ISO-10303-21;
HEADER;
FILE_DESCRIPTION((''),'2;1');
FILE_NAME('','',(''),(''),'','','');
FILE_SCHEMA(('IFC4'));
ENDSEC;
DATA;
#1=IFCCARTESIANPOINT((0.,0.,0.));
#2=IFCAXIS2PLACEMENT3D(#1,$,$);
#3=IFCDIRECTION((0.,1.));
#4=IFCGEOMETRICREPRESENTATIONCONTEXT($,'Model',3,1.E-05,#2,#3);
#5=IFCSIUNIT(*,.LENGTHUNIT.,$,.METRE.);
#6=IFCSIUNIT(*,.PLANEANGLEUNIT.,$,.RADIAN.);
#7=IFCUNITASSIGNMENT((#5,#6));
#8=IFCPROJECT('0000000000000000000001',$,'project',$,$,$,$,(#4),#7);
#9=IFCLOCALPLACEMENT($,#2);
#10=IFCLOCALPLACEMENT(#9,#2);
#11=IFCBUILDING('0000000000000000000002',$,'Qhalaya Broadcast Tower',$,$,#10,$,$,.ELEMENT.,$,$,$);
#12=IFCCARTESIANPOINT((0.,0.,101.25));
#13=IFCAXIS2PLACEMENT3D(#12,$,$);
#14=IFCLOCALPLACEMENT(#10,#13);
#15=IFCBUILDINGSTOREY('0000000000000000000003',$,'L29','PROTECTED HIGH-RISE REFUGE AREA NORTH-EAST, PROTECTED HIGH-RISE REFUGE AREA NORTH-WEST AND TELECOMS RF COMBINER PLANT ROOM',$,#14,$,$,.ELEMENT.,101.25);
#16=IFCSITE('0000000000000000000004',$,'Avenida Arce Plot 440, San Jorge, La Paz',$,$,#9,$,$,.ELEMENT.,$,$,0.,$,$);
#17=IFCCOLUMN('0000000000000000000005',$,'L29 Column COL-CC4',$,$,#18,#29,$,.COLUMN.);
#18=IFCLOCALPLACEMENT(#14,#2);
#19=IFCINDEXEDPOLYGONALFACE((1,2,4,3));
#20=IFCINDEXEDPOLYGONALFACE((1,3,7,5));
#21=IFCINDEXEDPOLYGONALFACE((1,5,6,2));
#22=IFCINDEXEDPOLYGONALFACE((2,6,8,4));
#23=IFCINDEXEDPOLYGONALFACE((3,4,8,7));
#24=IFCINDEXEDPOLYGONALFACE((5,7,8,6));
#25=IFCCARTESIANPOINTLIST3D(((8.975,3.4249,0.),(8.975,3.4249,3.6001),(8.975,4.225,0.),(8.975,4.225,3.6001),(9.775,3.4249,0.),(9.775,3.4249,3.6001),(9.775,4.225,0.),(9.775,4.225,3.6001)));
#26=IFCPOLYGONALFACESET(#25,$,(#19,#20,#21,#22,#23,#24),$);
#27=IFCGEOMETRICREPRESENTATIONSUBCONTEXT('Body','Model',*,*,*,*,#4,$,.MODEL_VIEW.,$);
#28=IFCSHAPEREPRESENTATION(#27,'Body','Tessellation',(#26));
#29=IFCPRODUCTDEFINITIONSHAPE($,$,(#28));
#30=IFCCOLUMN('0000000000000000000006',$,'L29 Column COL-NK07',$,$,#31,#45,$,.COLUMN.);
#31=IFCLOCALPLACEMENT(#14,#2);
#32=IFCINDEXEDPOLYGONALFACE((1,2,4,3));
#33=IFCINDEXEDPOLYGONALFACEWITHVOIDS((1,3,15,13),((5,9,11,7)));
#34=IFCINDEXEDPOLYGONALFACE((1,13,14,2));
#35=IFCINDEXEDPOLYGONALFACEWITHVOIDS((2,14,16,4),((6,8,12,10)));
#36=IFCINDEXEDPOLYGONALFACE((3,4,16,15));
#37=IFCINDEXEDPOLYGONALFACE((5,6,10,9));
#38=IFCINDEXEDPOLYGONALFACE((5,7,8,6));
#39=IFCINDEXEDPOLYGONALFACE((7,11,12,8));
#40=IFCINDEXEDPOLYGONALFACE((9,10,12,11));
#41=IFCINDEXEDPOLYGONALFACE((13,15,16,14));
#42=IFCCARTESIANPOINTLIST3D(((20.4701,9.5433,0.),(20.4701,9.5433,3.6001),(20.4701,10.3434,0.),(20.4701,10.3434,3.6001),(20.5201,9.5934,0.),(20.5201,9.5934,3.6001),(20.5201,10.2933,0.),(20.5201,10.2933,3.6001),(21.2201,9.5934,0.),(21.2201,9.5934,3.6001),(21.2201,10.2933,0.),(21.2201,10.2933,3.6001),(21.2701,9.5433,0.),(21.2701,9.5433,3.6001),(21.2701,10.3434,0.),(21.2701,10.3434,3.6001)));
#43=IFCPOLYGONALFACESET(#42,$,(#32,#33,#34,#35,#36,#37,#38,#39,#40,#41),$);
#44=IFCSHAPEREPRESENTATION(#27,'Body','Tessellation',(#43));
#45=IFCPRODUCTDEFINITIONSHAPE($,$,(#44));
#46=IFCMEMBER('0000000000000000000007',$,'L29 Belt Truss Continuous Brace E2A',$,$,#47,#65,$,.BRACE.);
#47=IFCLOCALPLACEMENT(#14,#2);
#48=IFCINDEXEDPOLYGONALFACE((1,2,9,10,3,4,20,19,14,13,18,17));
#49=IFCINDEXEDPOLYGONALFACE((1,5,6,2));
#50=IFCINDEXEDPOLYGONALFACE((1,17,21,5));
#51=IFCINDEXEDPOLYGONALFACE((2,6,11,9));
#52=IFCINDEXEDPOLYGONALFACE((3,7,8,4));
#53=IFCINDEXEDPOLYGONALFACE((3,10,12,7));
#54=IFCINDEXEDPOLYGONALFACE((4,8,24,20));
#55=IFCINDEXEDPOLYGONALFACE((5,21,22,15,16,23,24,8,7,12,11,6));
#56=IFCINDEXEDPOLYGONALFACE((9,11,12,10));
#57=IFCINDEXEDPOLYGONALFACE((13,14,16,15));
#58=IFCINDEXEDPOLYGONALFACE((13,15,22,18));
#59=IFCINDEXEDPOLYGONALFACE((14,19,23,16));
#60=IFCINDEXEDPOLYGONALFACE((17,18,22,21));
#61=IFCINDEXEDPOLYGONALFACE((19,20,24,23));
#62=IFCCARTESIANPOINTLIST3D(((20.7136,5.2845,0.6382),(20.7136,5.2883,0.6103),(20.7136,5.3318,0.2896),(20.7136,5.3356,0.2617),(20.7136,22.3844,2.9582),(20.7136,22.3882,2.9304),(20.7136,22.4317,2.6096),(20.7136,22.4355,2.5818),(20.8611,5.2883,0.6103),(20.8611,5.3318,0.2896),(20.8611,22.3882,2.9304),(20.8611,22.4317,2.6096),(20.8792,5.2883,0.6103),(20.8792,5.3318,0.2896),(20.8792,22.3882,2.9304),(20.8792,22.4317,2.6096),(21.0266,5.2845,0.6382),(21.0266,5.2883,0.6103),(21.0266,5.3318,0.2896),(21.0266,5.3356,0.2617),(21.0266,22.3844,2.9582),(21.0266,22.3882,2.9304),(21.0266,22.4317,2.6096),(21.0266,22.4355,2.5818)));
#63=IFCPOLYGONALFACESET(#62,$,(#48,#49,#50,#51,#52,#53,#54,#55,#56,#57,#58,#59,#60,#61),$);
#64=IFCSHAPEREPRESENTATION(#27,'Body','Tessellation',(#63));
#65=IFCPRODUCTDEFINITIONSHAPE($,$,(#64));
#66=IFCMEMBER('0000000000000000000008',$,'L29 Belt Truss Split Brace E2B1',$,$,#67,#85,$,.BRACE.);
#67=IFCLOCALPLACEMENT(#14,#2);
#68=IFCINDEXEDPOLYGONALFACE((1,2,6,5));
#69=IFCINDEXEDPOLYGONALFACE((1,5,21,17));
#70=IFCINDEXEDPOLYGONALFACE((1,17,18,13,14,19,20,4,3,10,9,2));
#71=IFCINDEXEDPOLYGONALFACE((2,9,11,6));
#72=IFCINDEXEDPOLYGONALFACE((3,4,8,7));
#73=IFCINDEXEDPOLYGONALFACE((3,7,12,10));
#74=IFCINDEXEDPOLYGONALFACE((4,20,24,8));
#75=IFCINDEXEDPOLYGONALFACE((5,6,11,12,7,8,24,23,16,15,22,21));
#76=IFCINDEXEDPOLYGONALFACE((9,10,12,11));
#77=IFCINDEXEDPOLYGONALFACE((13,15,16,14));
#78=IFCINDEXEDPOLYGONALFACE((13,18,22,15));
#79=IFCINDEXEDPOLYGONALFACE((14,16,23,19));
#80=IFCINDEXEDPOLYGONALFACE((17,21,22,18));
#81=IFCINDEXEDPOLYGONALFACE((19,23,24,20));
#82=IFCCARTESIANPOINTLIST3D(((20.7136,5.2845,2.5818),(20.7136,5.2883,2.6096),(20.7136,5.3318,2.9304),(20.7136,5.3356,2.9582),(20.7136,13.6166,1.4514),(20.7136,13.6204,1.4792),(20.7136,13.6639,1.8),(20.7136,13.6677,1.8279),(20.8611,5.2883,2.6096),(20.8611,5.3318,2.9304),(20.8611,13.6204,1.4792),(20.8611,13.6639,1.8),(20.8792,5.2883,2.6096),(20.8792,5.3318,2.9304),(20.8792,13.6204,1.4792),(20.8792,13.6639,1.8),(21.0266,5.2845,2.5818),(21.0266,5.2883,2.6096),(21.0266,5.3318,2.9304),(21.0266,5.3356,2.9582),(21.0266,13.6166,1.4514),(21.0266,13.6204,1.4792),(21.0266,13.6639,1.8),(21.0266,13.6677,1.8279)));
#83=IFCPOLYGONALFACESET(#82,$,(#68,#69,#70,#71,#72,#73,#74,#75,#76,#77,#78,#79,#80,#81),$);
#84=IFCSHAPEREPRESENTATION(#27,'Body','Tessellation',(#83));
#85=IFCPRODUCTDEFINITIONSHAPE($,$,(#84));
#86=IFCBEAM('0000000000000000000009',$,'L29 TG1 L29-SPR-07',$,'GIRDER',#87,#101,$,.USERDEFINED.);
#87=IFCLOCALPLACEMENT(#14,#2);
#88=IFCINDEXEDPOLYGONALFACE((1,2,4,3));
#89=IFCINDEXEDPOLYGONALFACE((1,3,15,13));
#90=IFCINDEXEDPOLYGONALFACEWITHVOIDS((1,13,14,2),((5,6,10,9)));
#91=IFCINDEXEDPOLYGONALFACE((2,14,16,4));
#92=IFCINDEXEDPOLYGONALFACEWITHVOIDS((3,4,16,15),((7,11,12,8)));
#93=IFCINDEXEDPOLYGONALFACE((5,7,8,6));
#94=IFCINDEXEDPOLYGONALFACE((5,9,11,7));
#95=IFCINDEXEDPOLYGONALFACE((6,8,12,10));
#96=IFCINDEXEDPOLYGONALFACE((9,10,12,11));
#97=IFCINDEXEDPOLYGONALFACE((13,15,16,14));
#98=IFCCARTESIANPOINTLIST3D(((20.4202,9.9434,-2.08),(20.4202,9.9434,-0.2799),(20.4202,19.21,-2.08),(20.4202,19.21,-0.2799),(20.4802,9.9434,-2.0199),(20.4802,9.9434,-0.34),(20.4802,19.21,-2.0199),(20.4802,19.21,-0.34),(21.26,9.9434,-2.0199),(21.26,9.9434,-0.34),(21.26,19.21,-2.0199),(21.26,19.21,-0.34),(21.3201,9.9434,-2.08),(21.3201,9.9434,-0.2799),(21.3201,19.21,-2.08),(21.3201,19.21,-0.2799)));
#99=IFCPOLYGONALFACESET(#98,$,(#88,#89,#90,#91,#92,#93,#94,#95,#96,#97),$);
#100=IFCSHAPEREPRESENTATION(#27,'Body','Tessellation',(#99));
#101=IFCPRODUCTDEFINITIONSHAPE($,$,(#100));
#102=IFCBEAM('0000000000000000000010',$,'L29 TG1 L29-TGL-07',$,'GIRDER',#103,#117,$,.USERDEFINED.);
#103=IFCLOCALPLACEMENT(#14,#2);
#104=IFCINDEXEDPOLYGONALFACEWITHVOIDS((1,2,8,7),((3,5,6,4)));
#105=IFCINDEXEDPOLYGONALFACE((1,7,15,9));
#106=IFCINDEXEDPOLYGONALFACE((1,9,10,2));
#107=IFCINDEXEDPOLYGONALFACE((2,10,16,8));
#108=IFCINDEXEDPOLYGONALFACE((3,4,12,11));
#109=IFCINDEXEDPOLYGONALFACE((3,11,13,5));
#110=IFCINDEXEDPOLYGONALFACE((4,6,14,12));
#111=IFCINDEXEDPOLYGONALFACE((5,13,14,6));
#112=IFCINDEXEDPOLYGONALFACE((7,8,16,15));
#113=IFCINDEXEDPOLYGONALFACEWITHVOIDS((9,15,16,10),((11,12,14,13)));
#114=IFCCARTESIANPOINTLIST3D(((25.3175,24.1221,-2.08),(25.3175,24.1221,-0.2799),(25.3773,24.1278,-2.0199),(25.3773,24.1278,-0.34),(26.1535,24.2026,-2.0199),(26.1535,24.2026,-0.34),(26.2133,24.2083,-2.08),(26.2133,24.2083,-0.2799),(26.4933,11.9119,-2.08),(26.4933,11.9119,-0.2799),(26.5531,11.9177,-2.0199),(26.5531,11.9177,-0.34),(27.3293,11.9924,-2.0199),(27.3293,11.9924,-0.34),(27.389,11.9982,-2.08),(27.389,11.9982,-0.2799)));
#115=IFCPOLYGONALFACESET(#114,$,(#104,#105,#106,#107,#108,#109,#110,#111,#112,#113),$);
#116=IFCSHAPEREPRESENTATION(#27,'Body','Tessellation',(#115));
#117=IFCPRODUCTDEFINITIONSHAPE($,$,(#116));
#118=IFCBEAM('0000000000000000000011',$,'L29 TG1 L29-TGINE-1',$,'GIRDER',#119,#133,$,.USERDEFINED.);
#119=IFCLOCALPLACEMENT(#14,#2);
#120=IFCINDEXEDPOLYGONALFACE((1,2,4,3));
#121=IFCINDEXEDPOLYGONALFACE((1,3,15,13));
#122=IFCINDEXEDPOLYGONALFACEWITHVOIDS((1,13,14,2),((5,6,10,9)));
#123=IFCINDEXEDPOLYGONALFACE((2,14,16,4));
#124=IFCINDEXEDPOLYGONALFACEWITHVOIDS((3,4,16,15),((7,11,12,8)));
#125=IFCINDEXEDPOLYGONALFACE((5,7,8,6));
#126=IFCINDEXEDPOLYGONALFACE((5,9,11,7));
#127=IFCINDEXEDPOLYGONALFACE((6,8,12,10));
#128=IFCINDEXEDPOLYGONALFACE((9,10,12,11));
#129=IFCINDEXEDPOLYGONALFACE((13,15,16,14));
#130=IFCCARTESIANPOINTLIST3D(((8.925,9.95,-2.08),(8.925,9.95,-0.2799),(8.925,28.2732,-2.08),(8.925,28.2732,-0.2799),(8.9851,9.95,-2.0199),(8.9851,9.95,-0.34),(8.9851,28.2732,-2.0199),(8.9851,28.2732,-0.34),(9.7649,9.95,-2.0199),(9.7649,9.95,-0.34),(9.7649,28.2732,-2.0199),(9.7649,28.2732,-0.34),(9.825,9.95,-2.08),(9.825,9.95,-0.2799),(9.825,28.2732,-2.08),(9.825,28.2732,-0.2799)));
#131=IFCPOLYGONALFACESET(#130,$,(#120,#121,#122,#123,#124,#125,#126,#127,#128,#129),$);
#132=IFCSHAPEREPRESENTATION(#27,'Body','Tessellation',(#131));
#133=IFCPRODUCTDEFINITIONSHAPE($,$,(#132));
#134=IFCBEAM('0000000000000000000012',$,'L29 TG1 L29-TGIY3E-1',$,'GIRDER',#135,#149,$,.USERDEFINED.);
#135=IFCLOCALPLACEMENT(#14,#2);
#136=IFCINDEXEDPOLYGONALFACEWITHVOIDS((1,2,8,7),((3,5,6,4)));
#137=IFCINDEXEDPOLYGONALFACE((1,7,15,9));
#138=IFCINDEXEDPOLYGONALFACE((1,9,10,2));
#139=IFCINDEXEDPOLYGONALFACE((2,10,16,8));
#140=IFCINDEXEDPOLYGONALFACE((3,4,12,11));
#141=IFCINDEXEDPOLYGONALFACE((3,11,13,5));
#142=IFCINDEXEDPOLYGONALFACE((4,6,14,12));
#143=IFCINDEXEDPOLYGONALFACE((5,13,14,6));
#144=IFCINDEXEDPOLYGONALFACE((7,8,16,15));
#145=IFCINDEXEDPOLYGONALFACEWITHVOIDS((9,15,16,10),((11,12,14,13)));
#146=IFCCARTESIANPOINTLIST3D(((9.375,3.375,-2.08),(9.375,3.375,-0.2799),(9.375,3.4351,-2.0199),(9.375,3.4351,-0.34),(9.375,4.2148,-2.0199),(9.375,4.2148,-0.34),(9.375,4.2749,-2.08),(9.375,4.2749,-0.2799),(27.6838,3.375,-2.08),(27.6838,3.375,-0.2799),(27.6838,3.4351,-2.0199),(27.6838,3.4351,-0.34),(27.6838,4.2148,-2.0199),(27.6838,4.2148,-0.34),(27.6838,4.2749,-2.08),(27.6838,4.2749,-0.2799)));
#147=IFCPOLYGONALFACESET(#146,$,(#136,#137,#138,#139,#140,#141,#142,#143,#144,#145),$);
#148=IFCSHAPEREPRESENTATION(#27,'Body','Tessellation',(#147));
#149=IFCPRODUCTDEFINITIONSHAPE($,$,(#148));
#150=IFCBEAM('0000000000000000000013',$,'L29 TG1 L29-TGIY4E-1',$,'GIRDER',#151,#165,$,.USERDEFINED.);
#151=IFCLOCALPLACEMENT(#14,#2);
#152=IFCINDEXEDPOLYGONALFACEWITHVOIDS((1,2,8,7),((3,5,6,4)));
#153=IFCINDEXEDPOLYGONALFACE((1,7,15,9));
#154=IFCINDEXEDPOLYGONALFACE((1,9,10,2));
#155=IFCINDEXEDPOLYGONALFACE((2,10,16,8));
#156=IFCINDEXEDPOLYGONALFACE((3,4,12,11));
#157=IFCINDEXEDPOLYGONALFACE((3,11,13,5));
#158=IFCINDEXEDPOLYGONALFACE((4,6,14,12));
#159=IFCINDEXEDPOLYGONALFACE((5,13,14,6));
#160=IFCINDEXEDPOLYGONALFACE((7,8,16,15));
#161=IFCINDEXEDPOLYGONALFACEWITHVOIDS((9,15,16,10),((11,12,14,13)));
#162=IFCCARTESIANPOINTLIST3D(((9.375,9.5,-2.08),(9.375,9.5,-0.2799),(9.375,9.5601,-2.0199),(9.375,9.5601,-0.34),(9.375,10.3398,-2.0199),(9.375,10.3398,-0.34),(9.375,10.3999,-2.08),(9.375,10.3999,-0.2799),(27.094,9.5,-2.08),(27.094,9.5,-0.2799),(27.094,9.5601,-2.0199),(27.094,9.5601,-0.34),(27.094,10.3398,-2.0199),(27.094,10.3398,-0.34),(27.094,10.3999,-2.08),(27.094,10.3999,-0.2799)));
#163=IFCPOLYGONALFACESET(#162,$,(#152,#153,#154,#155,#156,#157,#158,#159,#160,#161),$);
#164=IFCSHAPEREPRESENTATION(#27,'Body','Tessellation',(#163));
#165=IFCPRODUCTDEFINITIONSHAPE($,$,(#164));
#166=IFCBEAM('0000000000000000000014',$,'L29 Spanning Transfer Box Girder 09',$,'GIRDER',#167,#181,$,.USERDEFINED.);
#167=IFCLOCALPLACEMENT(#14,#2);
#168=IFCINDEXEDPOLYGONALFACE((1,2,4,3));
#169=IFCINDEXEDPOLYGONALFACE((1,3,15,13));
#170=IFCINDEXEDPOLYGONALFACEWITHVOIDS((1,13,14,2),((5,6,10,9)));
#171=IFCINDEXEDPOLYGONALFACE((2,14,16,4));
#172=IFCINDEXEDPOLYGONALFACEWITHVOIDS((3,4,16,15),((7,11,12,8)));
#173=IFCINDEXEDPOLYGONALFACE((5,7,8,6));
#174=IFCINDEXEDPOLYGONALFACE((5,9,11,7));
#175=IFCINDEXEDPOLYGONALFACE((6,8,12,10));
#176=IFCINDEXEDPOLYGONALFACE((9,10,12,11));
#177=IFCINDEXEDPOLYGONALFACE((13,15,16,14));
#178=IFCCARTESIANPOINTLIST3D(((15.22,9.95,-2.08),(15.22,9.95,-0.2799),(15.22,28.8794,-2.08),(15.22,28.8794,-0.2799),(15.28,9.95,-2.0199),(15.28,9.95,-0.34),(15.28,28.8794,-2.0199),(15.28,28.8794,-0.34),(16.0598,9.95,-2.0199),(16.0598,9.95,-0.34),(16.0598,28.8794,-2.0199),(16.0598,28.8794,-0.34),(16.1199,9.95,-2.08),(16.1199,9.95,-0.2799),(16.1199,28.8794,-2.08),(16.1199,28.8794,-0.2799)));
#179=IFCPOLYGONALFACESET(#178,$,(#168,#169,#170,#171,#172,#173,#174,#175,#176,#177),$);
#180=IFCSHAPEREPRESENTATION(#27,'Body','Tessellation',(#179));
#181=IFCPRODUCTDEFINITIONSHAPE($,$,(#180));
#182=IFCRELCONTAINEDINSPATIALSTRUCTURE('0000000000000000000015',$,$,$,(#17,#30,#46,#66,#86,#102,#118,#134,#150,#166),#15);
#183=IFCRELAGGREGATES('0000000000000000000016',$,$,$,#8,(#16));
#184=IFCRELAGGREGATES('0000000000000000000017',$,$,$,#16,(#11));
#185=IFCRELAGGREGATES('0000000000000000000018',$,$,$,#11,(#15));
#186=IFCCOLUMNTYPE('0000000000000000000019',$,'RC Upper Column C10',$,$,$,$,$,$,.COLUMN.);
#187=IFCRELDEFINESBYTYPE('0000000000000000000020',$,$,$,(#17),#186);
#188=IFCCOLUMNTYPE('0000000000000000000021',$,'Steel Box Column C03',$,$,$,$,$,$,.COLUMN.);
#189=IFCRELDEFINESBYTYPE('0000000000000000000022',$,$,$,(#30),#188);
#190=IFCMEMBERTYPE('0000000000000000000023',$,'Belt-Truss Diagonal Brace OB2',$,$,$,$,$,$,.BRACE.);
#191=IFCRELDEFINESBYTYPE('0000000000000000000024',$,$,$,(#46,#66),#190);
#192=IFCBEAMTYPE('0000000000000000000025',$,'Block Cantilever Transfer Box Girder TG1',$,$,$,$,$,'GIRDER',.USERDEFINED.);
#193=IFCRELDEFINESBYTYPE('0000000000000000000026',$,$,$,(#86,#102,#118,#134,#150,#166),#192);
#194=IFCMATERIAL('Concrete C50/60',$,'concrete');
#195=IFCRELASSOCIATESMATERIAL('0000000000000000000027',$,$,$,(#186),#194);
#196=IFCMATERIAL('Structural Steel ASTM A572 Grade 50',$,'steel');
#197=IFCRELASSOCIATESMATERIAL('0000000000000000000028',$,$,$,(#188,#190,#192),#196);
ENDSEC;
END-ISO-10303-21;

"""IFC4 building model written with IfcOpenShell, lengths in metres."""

from ifc_helpers import new_model, si_unit, direction, frame, origin, origin_2d, place, context, subcontext, project, spatial, rectangle, hollow_rectangle, i_section, extrude, material, material_profile, profile_set, type_object, element, save


model = new_model("IFC4")

# Units and contexts
model_context = context("Model", 3, precision=1e-05, world=origin(), true_north=direction((0.0, 1.0)))
body_context = subcontext(model_context, "Body", "Model", "MODEL_VIEW")
ifc_project = project(units=[si_unit("LENGTHUNIT", "METRE"), si_unit("PLANEANGLEUNIT", "RADIAN")], contexts=[model_context])

# Site, building, storey
site_placement = place(None, origin())
site = spatial("IfcSite", under=ifc_project, at=site_placement, Name="Avenida Arce Plot 440, San Jorge, La Paz", CompositionType="ELEMENT", RefElevation=0.0)
building_placement = place(site_placement, origin())
building = spatial("IfcBuilding", under=site, at=building_placement, Name="Qhalaya Broadcast Tower", CompositionType="ELEMENT")
storey_placement = place(building_placement, frame((0.0, 0.0, 101.25)))
storey = spatial("IfcBuildingStorey", under=building, at=storey_placement, Name="L29", Description="PROTECTED HIGH-RISE REFUGE AREA NORTH-EAST, PROTECTED HIGH-RISE REFUGE AREA NORTH-WEST AND TELECOMS RF COMBINER PLANT ROOM", CompositionType="ELEMENT", Elevation=101.25)

# Columns
ifc_material_1 = material(Name="Concrete C50/60", Category="concrete")
ifc_material_profile_1 = material_profile(ifc_material_1, rectangle(XDim=0.8, YDim=0.8, at=origin_2d()), Name="RC-COL 800x800")
ifc_profile_set_1 = profile_set([ifc_material_profile_1], Name="Concrete C50/60")
column_type_1 = type_object("IfcColumnType", Name="RC Upper Column C10", PredefinedType="COLUMN", material=ifc_profile_set_1)
column_1_placement = place(storey_placement, frame((9.375, 3.825, 0.0), z_axis=(0.0, 0.0, 1.0), x_axis=(1.0, 0.0, 0.0)))
element("IfcColumn", 1, at=column_1_placement, inside=storey, type_object=column_type_1, Name="L29 Column COL-CC4", PredefinedType="COLUMN", context=body_context, shape_type="SweptSolid", body=[
    extrude(rectangle(XDim=0.8, YDim=0.8, at=origin_2d()), origin(), (0.0, 0.0, 1.0), 3.6001),
])
ifc_material_2 = material(Name="Structural Steel ASTM A572 Grade 50", Category="steel")
ifc_material_profile_2 = material_profile(ifc_material_2, hollow_rectangle(XDim=0.8, YDim=0.8, WallThickness=0.05, at=origin_2d()), Name="BOX 800x800x50")
ifc_profile_set_2 = profile_set([ifc_material_profile_2], Name="Structural Steel ASTM A572 Grade 50")
column_type_2 = type_object("IfcColumnType", Name="Steel Box Column C03", PredefinedType="COLUMN", material=ifc_profile_set_2)
column_2_placement = place(storey_placement, frame((20.8701, 9.9434, 0.0), z_axis=(0.0, 0.0, 1.0), x_axis=(0.0, 1.0, 0.0)))
element("IfcColumn", 2, at=column_2_placement, inside=storey, type_object=column_type_2, Name="L29 Column COL-NK07", PredefinedType="COLUMN", context=body_context, shape_type="SweptSolid", body=[
    extrude(hollow_rectangle(XDim=0.8, YDim=0.8, WallThickness=0.05, at=origin_2d()), origin(), (0.0, 0.0, 1.0), 3.6001),
])

# Members
ifc_material_profile_3 = material_profile(ifc_material_2, i_section(OverallWidth=0.313, OverallDepth=0.3799, WebThickness=0.0181, FlangeThickness=0.0281, at=origin_2d()), Name="W12X120")
ifc_profile_set_3 = profile_set([ifc_material_profile_3], Name="Structural Steel ASTM A572 Grade 50")
member_type = type_object("IfcMemberType", Name="Belt-Truss Diagonal Brace OB2", PredefinedType="BRACE", material=ifc_profile_set_3)
member_1_placement = place(storey_placement, frame((20.8701, 5.3101, 0.45), z_axis=(0.0, 0.990921, 0.134446), x_axis=(-1.0, 0.0, 0.0)))
element("IfcMember", 3, at=member_1_placement, inside=storey, type_object=member_type, Name="L29 Belt Truss Continuous Brace E2A", PredefinedType="BRACE", context=body_context, shape_type="SweptSolid", body=[
    extrude(i_section(OverallWidth=0.313, OverallDepth=0.3799, WebThickness=0.0181, FlangeThickness=0.0281, at=origin_2d()), origin(), (0.0, 0.0, 1.0), 17.2566),
])
member_2_placement = place(storey_placement, frame((20.8701, 5.3101, 2.77), z_axis=(0.0, 0.990923, -0.134434), x_axis=(-1.0, 0.0, 0.0)))
element("IfcMember", 4, at=member_2_placement, inside=storey, type_object=member_type, Name="L29 Belt Truss Split Brace E2B1", PredefinedType="BRACE", context=body_context, shape_type="SweptSolid", body=[
    extrude(i_section(OverallWidth=0.313, OverallDepth=0.3799, WebThickness=0.0181, FlangeThickness=0.0281, at=origin_2d()), origin(), (0.0, 0.0, 1.0), 8.4084),
])

# Beams
ifc_material_profile_4 = material_profile(ifc_material_2, hollow_rectangle(XDim=0.8999, YDim=1.8, WallThickness=0.0601, at=origin_2d()), Name="BOX 900x1800x60")
ifc_profile_set_4 = profile_set([ifc_material_profile_4], Name="Structural Steel ASTM A572 Grade 50")
beam_type_1 = type_object("IfcBeamType", Name="Block Cantilever Transfer Box Girder TG1", ElementType="GIRDER", PredefinedType="USERDEFINED", material=ifc_profile_set_4)
beam_1_placement = place(storey_placement, frame((20.8701, 9.9434, -1.1799), z_axis=(0.0, 1.0, 0.0), x_axis=(-1.0, 0.0, 0.0)))
element("IfcBeam", 5, at=beam_1_placement, inside=storey, type_object=beam_type_1, Name="L29 TG1 L29-SPR-07", ObjectType="GIRDER", PredefinedType="USERDEFINED", context=body_context, shape_type="SweptSolid", body=[
    extrude(hollow_rectangle(XDim=0.8999, YDim=1.8, WallThickness=0.0601, at=origin_2d()), origin(), (0.0, 0.0, 1.0), 9.2666),
])
beam_2_placement = place(storey_placement, frame((26.9412, 11.9551, -1.1799), z_axis=(-0.095852, 0.995396, 0.0), x_axis=(-0.995396, -0.095852, 0.0)))
element("IfcBeam", 6, at=beam_2_placement, inside=storey, type_object=beam_type_1, Name="L29 TG1 L29-TGL-07", ObjectType="GIRDER", PredefinedType="USERDEFINED", context=body_context, shape_type="SweptSolid", body=[
    extrude(hollow_rectangle(XDim=0.8999, YDim=1.8, WallThickness=0.0601, at=origin_2d()), origin(), (0.0, 0.0, 1.0), 12.2666),
])
beam_3_placement = place(storey_placement, frame((9.375, 9.95, -1.1799), z_axis=(0.0, 1.0, 0.0), x_axis=(-1.0, 0.0, 0.0)))
element("IfcBeam", 7, at=beam_3_placement, inside=storey, type_object=beam_type_1, Name="L29 TG1 L29-TGINE-1", ObjectType="GIRDER", PredefinedType="USERDEFINED", context=body_context, shape_type="SweptSolid", body=[
    extrude(hollow_rectangle(XDim=0.8999, YDim=1.8, WallThickness=0.0601, at=origin_2d()), origin(), (0.0, 0.0, 1.0), 18.3232),
])
beam_4_placement = place(storey_placement, frame((9.375, 3.825, -1.1799), z_axis=(1.0, 0.0, 0.0), x_axis=(0.0, 1.0, 0.0)))
element("IfcBeam", 8, at=beam_4_placement, inside=storey, type_object=beam_type_1, Name="L29 TG1 L29-TGIY3E-1", ObjectType="GIRDER", PredefinedType="USERDEFINED", context=body_context, shape_type="SweptSolid", body=[
    extrude(hollow_rectangle(XDim=0.8999, YDim=1.8, WallThickness=0.0601, at=origin_2d()), origin(), (0.0, 0.0, 1.0), 18.3088),
])
beam_5_placement = place(storey_placement, frame((9.375, 9.95, -1.1799), z_axis=(1.0, 0.0, 0.0), x_axis=(0.0, 1.0, 0.0)))
element("IfcBeam", 9, at=beam_5_placement, inside=storey, type_object=beam_type_1, Name="L29 TG1 L29-TGIY4E-1", ObjectType="GIRDER", PredefinedType="USERDEFINED", context=body_context, shape_type="SweptSolid", body=[
    extrude(hollow_rectangle(XDim=0.8999, YDim=1.8, WallThickness=0.0601, at=origin_2d()), origin(), (0.0, 0.0, 1.0), 17.719),
])
beam_6_placement = place(storey_placement, frame((15.6699, 9.95, -1.1799), z_axis=(0.0, 1.0, 0.0), x_axis=(-1.0, 0.0, 0.0)))
element("IfcBeam", 10, at=beam_6_placement, inside=storey, type_object=beam_type_1, Name="L29 Spanning Transfer Box Girder 09", ObjectType="GIRDER", PredefinedType="USERDEFINED", context=body_context, shape_type="SweptSolid", body=[
    extrude(hollow_rectangle(XDim=0.8999, YDim=1.8, WallThickness=0.0601, at=origin_2d()), origin(), (0.0, 0.0, 1.0), 18.9294),
])

save(model, "model.ifc")
